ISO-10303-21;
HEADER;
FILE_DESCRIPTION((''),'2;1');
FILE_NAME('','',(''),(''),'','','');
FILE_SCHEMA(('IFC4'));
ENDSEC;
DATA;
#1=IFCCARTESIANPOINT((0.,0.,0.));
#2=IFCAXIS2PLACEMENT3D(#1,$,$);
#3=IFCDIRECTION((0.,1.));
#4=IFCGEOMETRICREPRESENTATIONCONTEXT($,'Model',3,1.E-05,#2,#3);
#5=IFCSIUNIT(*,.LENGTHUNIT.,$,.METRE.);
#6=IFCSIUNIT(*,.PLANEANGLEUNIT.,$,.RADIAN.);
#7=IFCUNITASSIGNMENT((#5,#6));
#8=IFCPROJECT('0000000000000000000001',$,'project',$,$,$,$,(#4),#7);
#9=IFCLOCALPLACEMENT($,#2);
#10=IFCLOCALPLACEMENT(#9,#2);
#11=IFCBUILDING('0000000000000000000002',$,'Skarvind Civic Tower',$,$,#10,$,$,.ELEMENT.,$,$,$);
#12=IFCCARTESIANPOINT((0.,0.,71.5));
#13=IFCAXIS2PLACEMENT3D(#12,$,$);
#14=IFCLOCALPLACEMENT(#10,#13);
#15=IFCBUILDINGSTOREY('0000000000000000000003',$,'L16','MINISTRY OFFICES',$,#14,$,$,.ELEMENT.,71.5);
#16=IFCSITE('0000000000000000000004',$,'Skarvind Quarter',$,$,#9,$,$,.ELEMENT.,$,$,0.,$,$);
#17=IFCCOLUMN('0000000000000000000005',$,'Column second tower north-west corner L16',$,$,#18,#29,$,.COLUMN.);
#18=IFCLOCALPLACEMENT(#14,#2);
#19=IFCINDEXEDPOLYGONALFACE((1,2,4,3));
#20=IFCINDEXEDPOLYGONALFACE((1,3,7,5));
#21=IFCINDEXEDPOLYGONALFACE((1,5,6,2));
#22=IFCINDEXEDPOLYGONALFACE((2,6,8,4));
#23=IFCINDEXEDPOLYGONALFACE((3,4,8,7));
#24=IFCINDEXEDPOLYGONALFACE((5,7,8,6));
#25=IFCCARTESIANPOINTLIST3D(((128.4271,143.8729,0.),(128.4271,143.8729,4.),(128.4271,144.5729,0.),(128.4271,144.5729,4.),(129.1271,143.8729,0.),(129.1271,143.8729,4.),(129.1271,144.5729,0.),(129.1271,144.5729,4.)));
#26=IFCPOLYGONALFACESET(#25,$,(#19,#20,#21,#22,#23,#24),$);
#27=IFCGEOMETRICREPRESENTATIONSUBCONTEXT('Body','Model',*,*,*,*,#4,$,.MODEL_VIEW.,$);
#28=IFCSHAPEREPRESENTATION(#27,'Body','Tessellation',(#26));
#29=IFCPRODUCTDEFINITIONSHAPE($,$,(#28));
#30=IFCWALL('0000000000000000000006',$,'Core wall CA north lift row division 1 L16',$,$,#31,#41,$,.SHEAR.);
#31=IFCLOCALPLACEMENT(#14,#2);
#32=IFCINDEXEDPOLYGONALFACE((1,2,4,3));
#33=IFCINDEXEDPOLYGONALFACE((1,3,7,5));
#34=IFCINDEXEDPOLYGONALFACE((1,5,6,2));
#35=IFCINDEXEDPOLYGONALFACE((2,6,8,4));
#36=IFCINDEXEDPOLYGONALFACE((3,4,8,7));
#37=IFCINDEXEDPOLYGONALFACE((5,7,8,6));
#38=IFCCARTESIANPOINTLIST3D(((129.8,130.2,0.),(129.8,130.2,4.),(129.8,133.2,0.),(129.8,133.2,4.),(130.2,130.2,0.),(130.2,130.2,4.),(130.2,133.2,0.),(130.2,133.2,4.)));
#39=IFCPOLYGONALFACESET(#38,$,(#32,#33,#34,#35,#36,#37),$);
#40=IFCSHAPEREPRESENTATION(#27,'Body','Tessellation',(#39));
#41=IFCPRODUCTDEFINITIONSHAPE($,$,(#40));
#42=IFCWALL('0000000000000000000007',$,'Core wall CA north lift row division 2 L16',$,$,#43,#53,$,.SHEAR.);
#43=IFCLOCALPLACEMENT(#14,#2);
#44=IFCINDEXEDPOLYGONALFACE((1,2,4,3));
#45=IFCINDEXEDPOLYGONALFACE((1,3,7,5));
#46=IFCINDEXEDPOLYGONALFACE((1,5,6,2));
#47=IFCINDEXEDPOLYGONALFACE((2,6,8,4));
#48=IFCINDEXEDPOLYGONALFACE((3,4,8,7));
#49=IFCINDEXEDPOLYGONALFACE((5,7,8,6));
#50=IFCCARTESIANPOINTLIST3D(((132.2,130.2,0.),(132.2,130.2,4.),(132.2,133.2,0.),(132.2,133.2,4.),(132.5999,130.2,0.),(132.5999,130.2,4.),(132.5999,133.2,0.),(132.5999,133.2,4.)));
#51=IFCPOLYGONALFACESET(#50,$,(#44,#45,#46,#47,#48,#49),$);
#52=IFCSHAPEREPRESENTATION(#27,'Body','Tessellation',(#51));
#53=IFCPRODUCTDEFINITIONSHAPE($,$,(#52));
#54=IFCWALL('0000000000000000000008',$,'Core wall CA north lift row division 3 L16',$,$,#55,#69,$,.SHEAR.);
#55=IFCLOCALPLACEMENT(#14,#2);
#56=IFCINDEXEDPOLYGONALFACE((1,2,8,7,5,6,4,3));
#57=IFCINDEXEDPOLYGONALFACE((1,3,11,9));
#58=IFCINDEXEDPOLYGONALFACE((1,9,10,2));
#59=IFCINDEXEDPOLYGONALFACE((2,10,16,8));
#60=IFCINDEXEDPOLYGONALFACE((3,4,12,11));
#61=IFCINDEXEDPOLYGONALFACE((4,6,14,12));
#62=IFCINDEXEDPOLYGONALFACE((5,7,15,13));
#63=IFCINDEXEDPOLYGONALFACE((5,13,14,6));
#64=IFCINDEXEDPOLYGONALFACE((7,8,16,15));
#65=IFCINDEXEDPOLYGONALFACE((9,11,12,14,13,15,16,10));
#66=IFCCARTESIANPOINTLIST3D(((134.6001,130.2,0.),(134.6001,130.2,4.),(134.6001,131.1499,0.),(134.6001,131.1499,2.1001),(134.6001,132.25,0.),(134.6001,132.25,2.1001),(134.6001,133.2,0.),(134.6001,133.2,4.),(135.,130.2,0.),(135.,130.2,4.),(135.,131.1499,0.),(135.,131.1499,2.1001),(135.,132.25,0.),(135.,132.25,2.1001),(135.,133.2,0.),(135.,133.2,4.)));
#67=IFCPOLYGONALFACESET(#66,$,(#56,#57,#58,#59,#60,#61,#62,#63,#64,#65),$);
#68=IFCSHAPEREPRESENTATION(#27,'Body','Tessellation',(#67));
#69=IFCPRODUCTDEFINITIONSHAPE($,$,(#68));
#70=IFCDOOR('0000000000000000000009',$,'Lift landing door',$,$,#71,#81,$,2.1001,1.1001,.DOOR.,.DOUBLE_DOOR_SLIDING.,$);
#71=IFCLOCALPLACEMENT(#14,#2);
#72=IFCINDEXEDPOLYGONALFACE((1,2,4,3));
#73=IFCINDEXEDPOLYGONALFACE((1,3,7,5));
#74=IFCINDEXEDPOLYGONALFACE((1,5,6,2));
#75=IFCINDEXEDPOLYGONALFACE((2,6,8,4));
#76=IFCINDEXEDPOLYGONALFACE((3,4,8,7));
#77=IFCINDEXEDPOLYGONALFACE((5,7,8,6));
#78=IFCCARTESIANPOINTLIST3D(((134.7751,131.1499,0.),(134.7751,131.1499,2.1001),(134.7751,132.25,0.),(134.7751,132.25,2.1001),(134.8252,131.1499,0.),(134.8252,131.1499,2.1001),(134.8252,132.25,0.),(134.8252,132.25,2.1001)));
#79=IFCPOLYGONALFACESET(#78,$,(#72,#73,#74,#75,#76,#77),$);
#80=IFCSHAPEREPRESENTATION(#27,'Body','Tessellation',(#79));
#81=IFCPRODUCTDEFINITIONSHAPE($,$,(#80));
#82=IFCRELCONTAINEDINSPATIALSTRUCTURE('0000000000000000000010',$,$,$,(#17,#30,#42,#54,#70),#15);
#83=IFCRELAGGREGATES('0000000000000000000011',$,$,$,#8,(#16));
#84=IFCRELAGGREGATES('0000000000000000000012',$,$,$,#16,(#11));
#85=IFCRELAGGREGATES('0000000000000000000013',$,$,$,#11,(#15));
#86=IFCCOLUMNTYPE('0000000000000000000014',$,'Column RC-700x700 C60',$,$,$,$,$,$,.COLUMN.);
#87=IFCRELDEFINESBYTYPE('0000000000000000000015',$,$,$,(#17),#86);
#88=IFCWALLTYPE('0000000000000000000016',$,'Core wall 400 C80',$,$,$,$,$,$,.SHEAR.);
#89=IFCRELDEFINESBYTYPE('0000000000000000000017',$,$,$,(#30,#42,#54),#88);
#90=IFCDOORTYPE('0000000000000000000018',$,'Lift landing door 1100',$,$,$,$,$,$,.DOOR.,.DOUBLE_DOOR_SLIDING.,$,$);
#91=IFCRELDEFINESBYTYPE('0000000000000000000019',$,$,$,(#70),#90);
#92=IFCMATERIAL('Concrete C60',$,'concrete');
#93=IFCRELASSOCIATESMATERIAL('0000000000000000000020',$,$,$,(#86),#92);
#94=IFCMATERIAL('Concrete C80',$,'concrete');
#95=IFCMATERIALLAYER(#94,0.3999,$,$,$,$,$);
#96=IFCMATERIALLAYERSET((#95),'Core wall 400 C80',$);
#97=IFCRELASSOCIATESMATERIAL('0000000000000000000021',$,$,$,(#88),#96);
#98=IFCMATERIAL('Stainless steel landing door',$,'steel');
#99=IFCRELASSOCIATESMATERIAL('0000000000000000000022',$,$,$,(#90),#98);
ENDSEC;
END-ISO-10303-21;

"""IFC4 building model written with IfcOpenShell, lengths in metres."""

from ifc_helpers import new_model, si_unit, direction, frame, frame_2d, origin, origin_2d, place, context, subcontext, project, spatial, rectangle, extrude, material, layer, layer_set, material_profile, profile_set, type_object, element, fill, save


model = new_model("IFC4")

# Units and contexts
model_context = context("Model", 3, precision=1e-05, world=origin(), true_north=direction((0.0, 1.0)))
body_context = subcontext(model_context, "Body", "Model", "MODEL_VIEW")
ifc_project = project(units=[si_unit("LENGTHUNIT", "METRE"), si_unit("PLANEANGLEUNIT", "RADIAN")], contexts=[model_context])

# Site, building, storey
site_placement = place(None, origin())
site = spatial("IfcSite", under=ifc_project, at=site_placement, Name="Skarvind Quarter", CompositionType="ELEMENT", RefElevation=0.0)
building_placement = place(site_placement, origin())
building = spatial("IfcBuilding", under=site, at=building_placement, Name="Skarvind Civic Tower", CompositionType="ELEMENT")
storey_placement = place(building_placement, frame((0.0, 0.0, 71.5)))
storey = spatial("IfcBuildingStorey", under=building, at=storey_placement, Name="L16", Description="MINISTRY OFFICES", CompositionType="ELEMENT", Elevation=71.5)

# Column
ifc_material_1 = material(Name="Concrete C60", Category="concrete")
ifc_material_profile = material_profile(ifc_material_1, rectangle(XDim=0.7, YDim=0.7, at=origin_2d()), Name="RC-700x700")
ifc_profile_set = profile_set([ifc_material_profile], Name="Concrete C60")
column_type = type_object("IfcColumnType", Name="Column RC-700x700 C60", PredefinedType="COLUMN", material=ifc_profile_set)
column_placement = place(storey_placement, frame((128.7771, 144.2229, 0.0), z_axis=(0.0, 0.0, 1.0), x_axis=(1.0, 0.0, 0.0)))
element("IfcColumn", 1, at=column_placement, inside=storey, type_object=column_type, Name="Column second tower north-west corner L16", PredefinedType="COLUMN", context=body_context, shape_type="SweptSolid", body=[
    extrude(rectangle(XDim=0.7, YDim=0.7, at=origin_2d()), origin(), (0.0, 0.0, 1.0), 4.0),
])

# Walls
ifc_material_2 = material(Name="Concrete C80", Category="concrete")
ifc_layer_1 = layer(ifc_material_2, 0.3999)
ifc_layer_set_1 = layer_set([ifc_layer_1], Name="Core wall 400 C80")
wall_type_1 = type_object("IfcWallType", Name="Core wall 400 C80", PredefinedType="SHEAR", material=ifc_layer_set_1)
for number, where, z_axis, x_axis, name in (
    (2, (130.0, 130.2, 0.0), (0.0, 0.0, 1.0), (0.0, 1.0, 0.0), "Core wall CA north lift row division 1 L16"),
    (3, (132.3999, 130.2, 0.0), (0.0, 0.0, 1.0), (0.0, 1.0, 0.0), "Core wall CA north lift row division 2 L16"),
):
    element("IfcWall", number, at=place(storey_placement, frame(where, z_axis=z_axis, x_axis=x_axis)), inside=storey, type_object=wall_type_1, Name=name, PredefinedType="SHEAR", context=body_context, shape_type="SweptSolid", body=[
        extrude(rectangle(XDim=3.0, YDim=0.3999, at=frame_2d((1.5, 0.0))), origin(), (0.0, 0.0, 1.0), 4.0),
    ])

# Wall, opening, door
wall_1_placement = place(storey_placement, frame((134.8, 130.2, 0.0), z_axis=(0.0, 0.0, 1.0), x_axis=(0.0, 1.0, 0.0)))
wall_1 = element("IfcWall", 4, at=wall_1_placement, inside=storey, type_object=wall_type_1, Name="Core wall CA north lift row division 3 L16", PredefinedType="SHEAR", context=body_context, shape_type="SweptSolid", body=[
    extrude(rectangle(XDim=3.0, YDim=0.3999, at=frame_2d((1.5, 0.0))), origin(), (0.0, 0.0, 1.0), 4.0),
])
opening_1_placement = place(wall_1_placement, frame((0.95, 0.0, 0.0)))
opening_1 = element("IfcOpeningElement", 5, at=opening_1_placement, cuts=wall_1, PredefinedType="OPENING", context=body_context, shape_type="SweptSolid", body=[
    extrude(rectangle(XDim=1.1001, YDim=2.1001, at=frame_2d((0.55, 1.05))), frame((0.0, 0.21, 0.0), z_axis=(0.0, -1.0, 0.0), x_axis=(1.0, 0.0, 0.0)), (0.0, 0.0, 1.0), 0.4199),
])
ifc_material_3 = material(Name="Stainless steel landing door", Category="steel")
door_type = type_object("IfcDoorType", Name="Lift landing door 1100", OperationType="DOUBLE_DOOR_SLIDING", PredefinedType="DOOR", material=ifc_material_3)
door_placement = place(opening_1_placement, origin())
door = element("IfcDoor", 6, at=door_placement, inside=storey, type_object=door_type, Name="Lift landing door", OperationType="DOUBLE_DOOR_SLIDING", OverallHeight=2.1001, OverallWidth=1.1001, PredefinedType="DOOR", context=body_context, shape_type="SweptSolid", body=[
    extrude(rectangle(XDim=1.1001, YDim=2.1001, at=frame_2d((0.55, 1.05))), frame((0.0, 0.0249, 0.0), z_axis=(0.0, -1.0, 0.0), x_axis=(1.0, 0.0, 0.0)), (0.0, 0.0, 1.0), 0.05),
])
fill(opening_1, door)

save(model, "model.ifc")
